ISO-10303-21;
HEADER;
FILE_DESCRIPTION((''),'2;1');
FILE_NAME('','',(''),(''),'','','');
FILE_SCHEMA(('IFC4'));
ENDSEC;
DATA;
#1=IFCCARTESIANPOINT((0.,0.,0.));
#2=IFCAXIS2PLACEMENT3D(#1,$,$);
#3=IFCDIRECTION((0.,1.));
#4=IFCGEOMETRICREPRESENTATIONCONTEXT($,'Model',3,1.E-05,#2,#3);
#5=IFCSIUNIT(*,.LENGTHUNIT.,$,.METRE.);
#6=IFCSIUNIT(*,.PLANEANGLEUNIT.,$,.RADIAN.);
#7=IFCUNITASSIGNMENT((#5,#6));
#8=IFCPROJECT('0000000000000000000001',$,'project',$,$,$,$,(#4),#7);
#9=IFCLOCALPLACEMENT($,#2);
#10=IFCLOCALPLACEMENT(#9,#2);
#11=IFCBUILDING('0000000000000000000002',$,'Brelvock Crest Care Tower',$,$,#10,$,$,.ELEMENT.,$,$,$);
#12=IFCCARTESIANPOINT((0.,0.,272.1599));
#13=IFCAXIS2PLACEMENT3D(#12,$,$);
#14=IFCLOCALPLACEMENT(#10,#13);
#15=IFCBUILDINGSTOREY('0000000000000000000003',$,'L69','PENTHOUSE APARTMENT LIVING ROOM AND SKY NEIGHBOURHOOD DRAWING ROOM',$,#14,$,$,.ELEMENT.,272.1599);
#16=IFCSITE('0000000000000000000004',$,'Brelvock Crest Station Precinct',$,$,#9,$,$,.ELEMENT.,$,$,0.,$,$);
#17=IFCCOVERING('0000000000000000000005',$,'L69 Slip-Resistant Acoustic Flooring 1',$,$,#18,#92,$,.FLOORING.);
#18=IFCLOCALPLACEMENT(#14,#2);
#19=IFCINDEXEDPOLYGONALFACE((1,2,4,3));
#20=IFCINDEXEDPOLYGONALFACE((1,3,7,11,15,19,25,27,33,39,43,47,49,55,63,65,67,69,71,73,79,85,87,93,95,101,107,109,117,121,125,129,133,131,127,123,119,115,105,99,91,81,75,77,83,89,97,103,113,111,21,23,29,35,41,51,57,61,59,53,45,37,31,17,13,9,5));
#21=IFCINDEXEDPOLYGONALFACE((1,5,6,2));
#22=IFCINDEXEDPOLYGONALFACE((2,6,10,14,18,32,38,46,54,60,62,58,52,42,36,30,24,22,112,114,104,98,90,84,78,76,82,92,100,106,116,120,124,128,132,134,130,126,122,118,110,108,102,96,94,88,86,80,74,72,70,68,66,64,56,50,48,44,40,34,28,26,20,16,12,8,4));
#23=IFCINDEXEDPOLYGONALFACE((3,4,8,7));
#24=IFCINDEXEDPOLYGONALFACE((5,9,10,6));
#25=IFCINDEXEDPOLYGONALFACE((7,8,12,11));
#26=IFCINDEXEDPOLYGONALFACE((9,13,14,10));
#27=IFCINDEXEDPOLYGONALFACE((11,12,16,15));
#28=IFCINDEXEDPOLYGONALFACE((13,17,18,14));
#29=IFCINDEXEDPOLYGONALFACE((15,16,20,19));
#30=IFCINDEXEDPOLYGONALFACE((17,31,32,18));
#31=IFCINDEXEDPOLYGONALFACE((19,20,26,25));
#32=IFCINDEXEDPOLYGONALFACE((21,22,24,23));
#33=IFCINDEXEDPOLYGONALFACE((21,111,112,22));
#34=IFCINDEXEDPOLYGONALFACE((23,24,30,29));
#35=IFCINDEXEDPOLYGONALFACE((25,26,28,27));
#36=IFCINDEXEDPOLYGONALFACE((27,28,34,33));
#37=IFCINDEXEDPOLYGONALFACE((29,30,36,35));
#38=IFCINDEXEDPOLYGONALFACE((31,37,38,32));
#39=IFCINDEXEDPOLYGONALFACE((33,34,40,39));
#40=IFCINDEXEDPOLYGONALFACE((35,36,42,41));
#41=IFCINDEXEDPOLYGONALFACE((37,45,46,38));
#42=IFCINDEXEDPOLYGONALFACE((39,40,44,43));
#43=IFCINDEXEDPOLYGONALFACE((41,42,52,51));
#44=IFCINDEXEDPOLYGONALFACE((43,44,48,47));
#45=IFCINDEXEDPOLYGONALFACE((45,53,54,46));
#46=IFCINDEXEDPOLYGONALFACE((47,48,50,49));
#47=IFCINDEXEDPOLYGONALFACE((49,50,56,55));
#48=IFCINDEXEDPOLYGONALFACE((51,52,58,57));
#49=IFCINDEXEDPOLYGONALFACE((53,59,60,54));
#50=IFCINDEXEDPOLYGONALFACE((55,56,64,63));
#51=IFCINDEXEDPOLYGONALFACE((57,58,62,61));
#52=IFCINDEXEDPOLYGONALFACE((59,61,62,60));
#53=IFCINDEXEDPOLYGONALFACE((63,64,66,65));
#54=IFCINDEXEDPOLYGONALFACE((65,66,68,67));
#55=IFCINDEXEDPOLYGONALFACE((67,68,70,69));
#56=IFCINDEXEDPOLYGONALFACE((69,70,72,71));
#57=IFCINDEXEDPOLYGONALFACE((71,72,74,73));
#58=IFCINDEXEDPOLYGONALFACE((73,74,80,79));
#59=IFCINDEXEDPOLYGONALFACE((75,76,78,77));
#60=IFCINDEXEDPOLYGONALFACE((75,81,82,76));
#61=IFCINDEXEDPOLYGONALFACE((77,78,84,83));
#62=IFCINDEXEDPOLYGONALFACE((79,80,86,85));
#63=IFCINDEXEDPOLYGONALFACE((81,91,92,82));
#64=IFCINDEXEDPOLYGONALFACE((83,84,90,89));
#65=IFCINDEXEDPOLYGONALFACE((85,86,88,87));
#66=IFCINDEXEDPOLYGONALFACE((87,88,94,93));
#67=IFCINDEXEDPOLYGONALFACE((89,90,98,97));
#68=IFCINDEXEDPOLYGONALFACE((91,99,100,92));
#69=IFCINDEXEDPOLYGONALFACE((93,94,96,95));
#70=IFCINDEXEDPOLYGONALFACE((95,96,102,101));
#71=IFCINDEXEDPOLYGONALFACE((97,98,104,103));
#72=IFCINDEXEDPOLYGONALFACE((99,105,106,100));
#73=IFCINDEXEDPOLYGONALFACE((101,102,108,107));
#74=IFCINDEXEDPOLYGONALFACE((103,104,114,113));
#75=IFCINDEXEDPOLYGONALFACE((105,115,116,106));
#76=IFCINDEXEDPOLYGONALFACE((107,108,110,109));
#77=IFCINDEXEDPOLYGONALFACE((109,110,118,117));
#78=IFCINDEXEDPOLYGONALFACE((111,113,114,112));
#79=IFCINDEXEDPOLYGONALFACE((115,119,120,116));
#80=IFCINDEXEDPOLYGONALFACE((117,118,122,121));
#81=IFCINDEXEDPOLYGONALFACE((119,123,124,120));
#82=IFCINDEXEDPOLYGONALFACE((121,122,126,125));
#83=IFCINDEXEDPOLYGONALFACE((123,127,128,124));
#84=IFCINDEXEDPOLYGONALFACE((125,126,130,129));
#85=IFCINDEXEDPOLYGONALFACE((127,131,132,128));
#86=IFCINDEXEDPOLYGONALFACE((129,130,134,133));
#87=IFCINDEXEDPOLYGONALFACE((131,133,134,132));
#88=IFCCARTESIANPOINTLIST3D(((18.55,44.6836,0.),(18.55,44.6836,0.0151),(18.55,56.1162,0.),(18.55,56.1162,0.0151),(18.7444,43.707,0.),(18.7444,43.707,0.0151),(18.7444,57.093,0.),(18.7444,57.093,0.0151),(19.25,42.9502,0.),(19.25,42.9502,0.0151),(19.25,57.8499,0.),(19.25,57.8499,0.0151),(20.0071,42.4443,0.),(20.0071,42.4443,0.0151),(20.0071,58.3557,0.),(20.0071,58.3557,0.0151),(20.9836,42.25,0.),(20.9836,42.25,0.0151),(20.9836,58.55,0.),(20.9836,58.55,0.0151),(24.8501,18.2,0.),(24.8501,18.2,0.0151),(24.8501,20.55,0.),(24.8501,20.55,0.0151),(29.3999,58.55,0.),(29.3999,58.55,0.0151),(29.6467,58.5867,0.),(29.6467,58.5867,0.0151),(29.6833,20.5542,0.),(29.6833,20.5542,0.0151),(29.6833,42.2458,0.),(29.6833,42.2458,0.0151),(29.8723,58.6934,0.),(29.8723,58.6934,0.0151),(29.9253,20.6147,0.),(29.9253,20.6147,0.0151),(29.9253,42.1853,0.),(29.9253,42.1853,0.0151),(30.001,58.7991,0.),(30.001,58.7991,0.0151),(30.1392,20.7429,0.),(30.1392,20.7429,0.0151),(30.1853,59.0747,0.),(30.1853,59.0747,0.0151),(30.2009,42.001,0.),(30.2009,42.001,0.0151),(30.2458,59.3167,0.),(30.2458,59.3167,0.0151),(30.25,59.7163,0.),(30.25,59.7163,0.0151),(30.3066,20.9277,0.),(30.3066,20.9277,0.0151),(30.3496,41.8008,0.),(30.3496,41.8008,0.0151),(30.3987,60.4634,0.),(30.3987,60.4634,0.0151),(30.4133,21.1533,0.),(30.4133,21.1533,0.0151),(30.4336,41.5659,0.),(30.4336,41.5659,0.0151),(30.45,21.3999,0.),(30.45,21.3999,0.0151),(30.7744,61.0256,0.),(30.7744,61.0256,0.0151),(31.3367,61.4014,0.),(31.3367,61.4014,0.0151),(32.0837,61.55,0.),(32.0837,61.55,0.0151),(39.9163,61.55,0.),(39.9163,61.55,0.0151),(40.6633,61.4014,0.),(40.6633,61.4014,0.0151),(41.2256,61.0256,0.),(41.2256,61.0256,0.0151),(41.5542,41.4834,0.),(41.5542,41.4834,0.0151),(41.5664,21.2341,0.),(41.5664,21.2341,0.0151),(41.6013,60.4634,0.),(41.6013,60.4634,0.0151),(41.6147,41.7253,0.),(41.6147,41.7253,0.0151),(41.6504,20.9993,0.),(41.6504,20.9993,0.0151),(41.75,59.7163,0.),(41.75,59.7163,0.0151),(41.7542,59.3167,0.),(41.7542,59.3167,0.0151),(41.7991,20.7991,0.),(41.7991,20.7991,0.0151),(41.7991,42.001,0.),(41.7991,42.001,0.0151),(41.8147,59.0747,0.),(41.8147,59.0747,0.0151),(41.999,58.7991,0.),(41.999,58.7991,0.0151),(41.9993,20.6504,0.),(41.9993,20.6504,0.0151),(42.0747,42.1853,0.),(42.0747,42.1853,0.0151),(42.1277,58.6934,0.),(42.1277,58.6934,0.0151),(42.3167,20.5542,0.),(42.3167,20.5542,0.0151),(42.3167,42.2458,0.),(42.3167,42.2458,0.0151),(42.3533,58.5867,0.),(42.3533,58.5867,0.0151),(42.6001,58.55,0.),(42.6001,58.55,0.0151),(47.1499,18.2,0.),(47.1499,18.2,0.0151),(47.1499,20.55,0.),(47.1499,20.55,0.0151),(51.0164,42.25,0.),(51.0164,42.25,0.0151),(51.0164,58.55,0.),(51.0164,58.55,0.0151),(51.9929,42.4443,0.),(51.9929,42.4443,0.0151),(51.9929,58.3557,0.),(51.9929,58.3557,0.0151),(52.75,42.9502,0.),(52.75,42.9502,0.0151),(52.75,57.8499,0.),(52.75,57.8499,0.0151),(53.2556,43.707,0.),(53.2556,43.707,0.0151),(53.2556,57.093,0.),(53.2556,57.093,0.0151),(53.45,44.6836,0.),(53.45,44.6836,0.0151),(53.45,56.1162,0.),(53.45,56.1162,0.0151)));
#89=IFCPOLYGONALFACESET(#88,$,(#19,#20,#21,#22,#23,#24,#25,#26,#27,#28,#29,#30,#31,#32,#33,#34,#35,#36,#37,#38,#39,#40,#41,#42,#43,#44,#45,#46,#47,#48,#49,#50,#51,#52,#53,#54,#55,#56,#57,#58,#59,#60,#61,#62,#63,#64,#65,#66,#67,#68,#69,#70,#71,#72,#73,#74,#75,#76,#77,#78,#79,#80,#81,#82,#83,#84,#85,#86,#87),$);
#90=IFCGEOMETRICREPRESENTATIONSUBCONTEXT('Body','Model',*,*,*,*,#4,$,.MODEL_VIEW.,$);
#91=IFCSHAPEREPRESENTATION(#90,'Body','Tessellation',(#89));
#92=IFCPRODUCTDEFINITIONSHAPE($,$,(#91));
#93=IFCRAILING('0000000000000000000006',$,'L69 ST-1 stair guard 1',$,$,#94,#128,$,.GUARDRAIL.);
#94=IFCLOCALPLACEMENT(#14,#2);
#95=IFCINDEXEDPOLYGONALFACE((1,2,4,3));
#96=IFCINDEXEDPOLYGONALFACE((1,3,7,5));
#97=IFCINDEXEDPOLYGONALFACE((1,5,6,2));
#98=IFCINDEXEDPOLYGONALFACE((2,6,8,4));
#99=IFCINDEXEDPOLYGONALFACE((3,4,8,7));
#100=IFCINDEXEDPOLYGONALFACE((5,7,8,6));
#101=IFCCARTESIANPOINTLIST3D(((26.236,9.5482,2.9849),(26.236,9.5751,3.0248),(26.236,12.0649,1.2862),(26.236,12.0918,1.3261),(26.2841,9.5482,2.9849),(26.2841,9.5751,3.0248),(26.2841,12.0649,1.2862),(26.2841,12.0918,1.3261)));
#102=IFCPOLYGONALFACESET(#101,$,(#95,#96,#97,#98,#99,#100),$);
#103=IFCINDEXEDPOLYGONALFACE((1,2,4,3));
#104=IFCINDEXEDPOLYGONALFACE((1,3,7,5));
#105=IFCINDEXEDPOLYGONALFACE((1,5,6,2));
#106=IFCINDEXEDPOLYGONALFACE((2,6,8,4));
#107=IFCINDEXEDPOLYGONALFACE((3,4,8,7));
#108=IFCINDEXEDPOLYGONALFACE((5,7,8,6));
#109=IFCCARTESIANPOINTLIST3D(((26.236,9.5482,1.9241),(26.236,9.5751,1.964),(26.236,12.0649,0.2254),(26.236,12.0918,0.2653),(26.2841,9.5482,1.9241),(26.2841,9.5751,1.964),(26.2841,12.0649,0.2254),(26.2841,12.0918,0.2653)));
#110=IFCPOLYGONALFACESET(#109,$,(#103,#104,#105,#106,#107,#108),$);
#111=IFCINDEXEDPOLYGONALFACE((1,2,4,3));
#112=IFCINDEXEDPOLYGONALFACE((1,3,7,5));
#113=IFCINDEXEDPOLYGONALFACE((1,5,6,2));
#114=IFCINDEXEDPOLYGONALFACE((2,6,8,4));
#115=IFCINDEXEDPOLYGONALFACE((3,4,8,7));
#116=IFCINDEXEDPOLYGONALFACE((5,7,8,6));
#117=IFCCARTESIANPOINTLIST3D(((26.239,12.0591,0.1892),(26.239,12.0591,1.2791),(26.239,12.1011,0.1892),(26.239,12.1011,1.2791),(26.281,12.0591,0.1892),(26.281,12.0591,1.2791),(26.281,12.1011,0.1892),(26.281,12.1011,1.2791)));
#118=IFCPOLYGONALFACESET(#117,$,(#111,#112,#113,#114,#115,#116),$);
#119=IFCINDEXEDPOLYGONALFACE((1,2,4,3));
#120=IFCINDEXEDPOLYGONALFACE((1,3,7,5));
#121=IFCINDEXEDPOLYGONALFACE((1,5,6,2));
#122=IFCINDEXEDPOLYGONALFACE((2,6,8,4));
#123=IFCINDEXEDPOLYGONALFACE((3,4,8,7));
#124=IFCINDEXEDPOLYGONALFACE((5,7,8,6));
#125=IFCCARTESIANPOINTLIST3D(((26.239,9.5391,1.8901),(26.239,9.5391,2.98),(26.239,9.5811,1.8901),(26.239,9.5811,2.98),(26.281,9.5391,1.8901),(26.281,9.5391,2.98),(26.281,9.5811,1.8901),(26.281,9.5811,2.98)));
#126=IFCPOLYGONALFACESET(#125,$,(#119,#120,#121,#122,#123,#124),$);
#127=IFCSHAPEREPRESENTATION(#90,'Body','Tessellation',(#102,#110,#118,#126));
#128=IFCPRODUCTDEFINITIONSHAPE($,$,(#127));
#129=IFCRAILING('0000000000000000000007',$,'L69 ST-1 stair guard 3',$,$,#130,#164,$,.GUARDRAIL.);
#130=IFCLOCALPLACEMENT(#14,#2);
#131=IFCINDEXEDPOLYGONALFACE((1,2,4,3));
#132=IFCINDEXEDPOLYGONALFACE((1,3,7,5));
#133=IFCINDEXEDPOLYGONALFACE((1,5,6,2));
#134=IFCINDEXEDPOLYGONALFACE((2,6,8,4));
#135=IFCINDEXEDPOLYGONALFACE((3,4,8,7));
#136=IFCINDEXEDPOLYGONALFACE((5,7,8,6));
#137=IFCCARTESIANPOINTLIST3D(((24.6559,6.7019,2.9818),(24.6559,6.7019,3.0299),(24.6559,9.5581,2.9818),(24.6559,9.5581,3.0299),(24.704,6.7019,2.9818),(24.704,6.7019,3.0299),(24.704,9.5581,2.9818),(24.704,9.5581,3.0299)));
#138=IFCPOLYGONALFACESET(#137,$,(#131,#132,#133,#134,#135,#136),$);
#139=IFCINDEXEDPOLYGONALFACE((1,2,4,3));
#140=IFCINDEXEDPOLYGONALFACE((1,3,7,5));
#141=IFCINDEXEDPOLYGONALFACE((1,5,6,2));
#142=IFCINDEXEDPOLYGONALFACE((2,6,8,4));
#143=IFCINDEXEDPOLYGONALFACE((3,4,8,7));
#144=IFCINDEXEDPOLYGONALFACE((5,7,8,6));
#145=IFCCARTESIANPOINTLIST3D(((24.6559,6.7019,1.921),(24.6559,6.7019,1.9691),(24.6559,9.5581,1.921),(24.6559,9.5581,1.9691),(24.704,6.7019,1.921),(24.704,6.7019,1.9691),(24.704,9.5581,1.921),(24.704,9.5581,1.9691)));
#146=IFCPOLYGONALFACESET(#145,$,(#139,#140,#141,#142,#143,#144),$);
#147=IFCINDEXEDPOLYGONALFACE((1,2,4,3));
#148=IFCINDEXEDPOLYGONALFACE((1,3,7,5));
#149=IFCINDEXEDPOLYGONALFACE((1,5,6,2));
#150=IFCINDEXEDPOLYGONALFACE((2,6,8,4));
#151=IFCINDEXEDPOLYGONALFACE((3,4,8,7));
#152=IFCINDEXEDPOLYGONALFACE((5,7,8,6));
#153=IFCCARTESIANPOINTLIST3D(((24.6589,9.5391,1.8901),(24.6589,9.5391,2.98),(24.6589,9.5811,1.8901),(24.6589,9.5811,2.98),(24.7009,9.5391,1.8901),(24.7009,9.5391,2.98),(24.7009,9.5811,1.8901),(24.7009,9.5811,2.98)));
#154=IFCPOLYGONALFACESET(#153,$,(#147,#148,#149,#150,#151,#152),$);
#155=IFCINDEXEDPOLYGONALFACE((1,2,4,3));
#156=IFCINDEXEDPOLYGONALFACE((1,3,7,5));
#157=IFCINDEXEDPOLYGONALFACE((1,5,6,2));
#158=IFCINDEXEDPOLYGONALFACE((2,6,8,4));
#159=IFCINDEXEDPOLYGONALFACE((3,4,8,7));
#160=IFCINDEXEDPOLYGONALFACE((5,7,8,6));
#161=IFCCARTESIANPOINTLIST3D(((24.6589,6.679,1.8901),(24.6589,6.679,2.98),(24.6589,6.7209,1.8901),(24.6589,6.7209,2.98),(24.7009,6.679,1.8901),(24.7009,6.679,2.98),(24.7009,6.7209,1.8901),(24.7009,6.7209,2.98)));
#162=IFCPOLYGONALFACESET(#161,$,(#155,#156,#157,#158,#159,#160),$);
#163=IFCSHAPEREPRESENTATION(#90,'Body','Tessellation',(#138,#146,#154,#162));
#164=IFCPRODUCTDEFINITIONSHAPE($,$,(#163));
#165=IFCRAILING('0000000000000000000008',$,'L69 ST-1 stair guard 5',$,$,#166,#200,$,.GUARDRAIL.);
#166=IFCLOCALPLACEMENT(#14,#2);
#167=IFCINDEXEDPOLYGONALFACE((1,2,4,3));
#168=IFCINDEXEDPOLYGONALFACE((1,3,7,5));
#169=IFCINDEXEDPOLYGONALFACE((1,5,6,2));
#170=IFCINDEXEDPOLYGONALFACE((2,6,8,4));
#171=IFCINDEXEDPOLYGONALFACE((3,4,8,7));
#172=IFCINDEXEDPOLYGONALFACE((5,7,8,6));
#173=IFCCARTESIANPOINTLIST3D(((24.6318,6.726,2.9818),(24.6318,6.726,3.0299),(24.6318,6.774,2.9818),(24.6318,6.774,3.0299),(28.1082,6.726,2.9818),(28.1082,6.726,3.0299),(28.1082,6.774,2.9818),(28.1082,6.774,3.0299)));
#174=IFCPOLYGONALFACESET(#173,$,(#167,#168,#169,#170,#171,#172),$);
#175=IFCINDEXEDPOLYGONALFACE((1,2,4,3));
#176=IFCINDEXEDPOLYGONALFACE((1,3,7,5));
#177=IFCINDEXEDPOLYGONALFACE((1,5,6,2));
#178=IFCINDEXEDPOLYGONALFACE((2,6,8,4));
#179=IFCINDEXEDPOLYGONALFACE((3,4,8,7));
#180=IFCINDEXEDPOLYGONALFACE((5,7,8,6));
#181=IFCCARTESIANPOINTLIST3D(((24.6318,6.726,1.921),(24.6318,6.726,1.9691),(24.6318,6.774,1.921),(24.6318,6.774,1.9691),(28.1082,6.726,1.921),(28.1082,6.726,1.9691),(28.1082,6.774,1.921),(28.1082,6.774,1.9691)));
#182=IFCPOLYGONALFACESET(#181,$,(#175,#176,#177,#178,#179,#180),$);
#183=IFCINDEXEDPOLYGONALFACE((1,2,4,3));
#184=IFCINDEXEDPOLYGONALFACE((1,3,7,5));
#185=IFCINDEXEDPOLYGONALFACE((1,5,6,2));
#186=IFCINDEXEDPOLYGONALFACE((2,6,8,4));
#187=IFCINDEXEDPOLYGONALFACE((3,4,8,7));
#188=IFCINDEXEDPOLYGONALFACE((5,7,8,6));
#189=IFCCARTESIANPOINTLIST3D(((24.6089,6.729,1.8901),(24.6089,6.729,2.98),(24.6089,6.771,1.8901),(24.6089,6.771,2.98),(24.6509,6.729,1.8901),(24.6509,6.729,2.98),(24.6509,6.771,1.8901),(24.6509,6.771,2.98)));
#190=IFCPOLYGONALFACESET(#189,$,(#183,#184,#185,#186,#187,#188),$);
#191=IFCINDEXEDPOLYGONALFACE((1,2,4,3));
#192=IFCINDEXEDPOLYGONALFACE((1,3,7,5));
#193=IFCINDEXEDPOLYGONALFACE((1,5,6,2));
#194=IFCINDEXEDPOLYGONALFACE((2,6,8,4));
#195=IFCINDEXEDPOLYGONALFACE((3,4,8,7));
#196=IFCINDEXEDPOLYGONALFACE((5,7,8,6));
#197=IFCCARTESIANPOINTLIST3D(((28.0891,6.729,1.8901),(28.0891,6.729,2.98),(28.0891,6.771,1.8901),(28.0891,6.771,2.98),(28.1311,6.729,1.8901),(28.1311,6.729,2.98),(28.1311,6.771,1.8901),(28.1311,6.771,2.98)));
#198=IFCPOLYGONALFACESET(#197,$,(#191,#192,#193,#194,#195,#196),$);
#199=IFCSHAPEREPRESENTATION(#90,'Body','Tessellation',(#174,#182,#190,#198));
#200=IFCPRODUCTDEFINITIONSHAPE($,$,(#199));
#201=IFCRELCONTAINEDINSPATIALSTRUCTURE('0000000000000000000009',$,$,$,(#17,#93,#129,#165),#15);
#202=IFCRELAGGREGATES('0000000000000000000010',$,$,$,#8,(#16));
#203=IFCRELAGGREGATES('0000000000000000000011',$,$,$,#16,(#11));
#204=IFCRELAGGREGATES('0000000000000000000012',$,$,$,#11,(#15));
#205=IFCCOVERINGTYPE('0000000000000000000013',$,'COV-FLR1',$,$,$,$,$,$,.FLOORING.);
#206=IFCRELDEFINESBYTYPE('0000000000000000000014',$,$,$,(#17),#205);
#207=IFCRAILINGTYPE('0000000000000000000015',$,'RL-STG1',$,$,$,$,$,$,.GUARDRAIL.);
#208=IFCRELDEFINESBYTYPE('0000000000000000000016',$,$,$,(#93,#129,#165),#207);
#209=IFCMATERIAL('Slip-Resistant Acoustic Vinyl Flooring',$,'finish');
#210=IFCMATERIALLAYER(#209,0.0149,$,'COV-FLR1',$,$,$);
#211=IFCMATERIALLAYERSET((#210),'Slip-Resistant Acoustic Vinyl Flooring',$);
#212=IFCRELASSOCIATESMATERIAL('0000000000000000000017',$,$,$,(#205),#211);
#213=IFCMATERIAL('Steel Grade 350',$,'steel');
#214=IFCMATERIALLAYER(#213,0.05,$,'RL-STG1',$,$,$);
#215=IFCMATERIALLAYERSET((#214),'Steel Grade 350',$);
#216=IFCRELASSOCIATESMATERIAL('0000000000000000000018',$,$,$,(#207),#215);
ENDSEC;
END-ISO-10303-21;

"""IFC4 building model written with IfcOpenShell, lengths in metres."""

from ifc_helpers import new_model, si_unit, direction, frame, origin, origin_2d, place, context, subcontext, project, spatial, polyline, rectangle, outline, extrude, material, layer, layer_set, type_object, element, save


model = new_model("IFC4")

# Units and contexts
model_context = context("Model", 3, precision=1e-05, world=origin(), true_north=direction((0.0, 1.0)))
body_context = subcontext(model_context, "Body", "Model", "MODEL_VIEW")
ifc_project = project(units=[si_unit("LENGTHUNIT", "METRE"), si_unit("PLANEANGLEUNIT", "RADIAN")], contexts=[model_context])

# Site, building, storey
site_placement = place(None, origin())
site = spatial("IfcSite", under=ifc_project, at=site_placement, Name="Brelvock Crest Station Precinct", CompositionType="ELEMENT", RefElevation=0.0)
building_placement = place(site_placement, origin())
building = spatial("IfcBuilding", under=site, at=building_placement, Name="Brelvock Crest Care Tower", CompositionType="ELEMENT")
storey_placement = place(building_placement, frame((0.0, 0.0, 272.1599)))
storey = spatial("IfcBuildingStorey", under=building, at=storey_placement, Name="L69", Description="PENTHOUSE APARTMENT LIVING ROOM AND SKY NEIGHBOURHOOD DRAWING ROOM", CompositionType="ELEMENT", Elevation=272.1599)

# Shared definitions
ifc_material_1 = material(Name="Steel Grade 350", Category="steel")

# Covering
ifc_material_2 = material(Name="Slip-Resistant Acoustic Vinyl Flooring", Category="finish")
ifc_layer_1 = layer(ifc_material_2, 0.0149, Name="COV-FLR1")
ifc_layer_set_1 = layer_set([ifc_layer_1], Name="Slip-Resistant Acoustic Vinyl Flooring")
covering_type_1 = type_object("IfcCoveringType", Name="COV-FLR1", PredefinedType="FLOORING", material=ifc_layer_set_1)
covering_1_placement = place(storey_placement, origin())
element("IfcCovering", 1, at=covering_1_placement, inside=storey, type_object=covering_type_1, Name="L69 Slip-Resistant Acoustic Flooring 1", PredefinedType="FLOORING", context=body_context, shape_type="SweptSolid", body=[
    extrude(outline(polyline([(24.8501, 18.2), (47.1499, 18.2), (47.1499, 20.55), (42.3167, 20.5542), (41.9993, 20.6504), (41.7991, 20.7991), (41.6504, 20.9993), (41.5664, 21.2341), (41.5542, 41.4834), (41.6147, 41.7253), (41.7991, 42.001), (42.0747, 42.1853), (42.3167, 42.2458), (51.0164, 42.25), (51.9929, 42.4443), (52.75, 42.9502), (53.2556, 43.707), (53.45, 44.6836), (53.45, 56.1162), (53.2556, 57.093), (52.75, 57.8499), (51.9929, 58.3557), (51.0164, 58.55), (42.6001, 58.55), (42.3533, 58.5867), (42.1277, 58.6934), (41.999, 58.7991), (41.8147, 59.0747), (41.7542, 59.3167), (41.75, 59.7163), (41.6013, 60.4634), (41.2256, 61.0256), (40.6633, 61.4014), (39.9163, 61.55), (32.0837, 61.55), (31.3367, 61.4014), (30.7744, 61.0256), (30.3987, 60.4634), (30.25, 59.7163), (30.2458, 59.3167), (30.1853, 59.0747), (30.001, 58.7991), (29.8723, 58.6934), (29.6467, 58.5867), (29.3999, 58.55), (20.9836, 58.55), (20.0071, 58.3557), (19.25, 57.8499), (18.7444, 57.093), (18.55, 56.1162), (18.55, 44.6836), (18.7444, 43.707), (19.25, 42.9502), (20.0071, 42.4443), (20.9836, 42.25), (29.6833, 42.2458), (29.9253, 42.1853), (30.2009, 42.001), (30.3496, 41.8008), (30.4336, 41.5659), (30.45, 21.3999), (30.4133, 21.1533), (30.3066, 20.9277), (30.1392, 20.7429), (29.9253, 20.6147), (29.6833, 20.5542), (24.8501, 20.55), (24.8501, 18.2)])), origin(), (0.0, 0.0, 1.0), 0.0151),
])

# Railings
ifc_layer_2 = layer(ifc_material_1, 0.05, Name="RL-STG1")
ifc_layer_set_2 = layer_set([ifc_layer_2], Name="Steel Grade 350")
railing_type_1 = type_object("IfcRailingType", Name="RL-STG1", PredefinedType="GUARDRAIL", material=ifc_layer_set_2)
railing_1_placement = place(storey_placement, frame((26.26, 12.0801, 0.1892)))
element("IfcRailing", 2, at=railing_1_placement, inside=storey, type_object=railing_type_1, Name="L69 ST-1 stair guard 1", PredefinedType="GUARDRAIL", context=body_context, shape_type="SweptSolid", body=[
    extrude(rectangle(XDim=0.0481, YDim=0.0481, at=origin_2d()), frame((0.0, -0.0017, 1.1169), z_axis=(0.0, -0.828862, 0.559454), x_axis=(1.0, 0.0, 0.0)), (0.0, 0.0, 1.0), 3.0364),
    extrude(rectangle(XDim=0.0481, YDim=0.0481, at=origin_2d()), frame((0.0, -0.0017, 0.0562), z_axis=(0.0, -0.828862, 0.559454), x_axis=(1.0, 0.0, 0.0)), (0.0, 0.0, 1.0), 3.0364),
    extrude(rectangle(XDim=0.042, YDim=0.042, at=origin_2d()), origin(), (0.0, 0.0, 1.0), 1.0898),
    extrude(rectangle(XDim=0.042, YDim=0.042, at=origin_2d()), frame((0.0, -2.52, 1.7009)), (0.0, 0.0, 1.0), 1.0898),
])
railing_2_placement = place(storey_placement, frame((24.6799, 9.5601, 1.8901)))
element("IfcRailing", 3, at=railing_2_placement, inside=storey, type_object=railing_type_1, Name="L69 ST-1 stair guard 3", PredefinedType="GUARDRAIL", context=body_context, shape_type="SweptSolid", body=[
    extrude(rectangle(XDim=0.0481, YDim=0.0481, at=origin_2d()), frame((0.0, -0.002, 1.1157), z_axis=(0.0, -1.0, 0.0), x_axis=(1.0, 0.0, 0.0)), (0.0, 0.0, 1.0), 2.8562),
    extrude(rectangle(XDim=0.0481, YDim=0.0481, at=origin_2d()), frame((0.0, -0.002, 0.0549), z_axis=(0.0, -1.0, 0.0), x_axis=(1.0, 0.0, 0.0)), (0.0, 0.0, 1.0), 2.8562),
    extrude(rectangle(XDim=0.042, YDim=0.042, at=origin_2d()), origin(), (0.0, 0.0, 1.0), 1.0898),
    extrude(rectangle(XDim=0.042, YDim=0.042, at=origin_2d()), frame((0.0, -2.8601, 0.0)), (0.0, 0.0, 1.0), 1.0898),
])
railing_3_placement = place(storey_placement, frame((24.6299, 6.75, 1.8901)))
element("IfcRailing", 4, at=railing_3_placement, inside=storey, type_object=railing_type_1, Name="L69 ST-1 stair guard 5", PredefinedType="GUARDRAIL", context=body_context, shape_type="SweptSolid", body=[
    extrude(rectangle(XDim=0.0481, YDim=0.0481, at=origin_2d()), frame((0.002, 0.0, 1.1157), z_axis=(1.0, 0.0, 0.0), x_axis=(0.0, 1.0, 0.0)), (0.0, 0.0, 1.0), 3.4763),
    extrude(rectangle(XDim=0.0481, YDim=0.0481, at=origin_2d()), frame((0.002, 0.0, 0.0549), z_axis=(1.0, 0.0, 0.0), x_axis=(0.0, 1.0, 0.0)), (0.0, 0.0, 1.0), 3.4763),
    extrude(rectangle(XDim=0.042, YDim=0.042, at=origin_2d()), origin(), (0.0, 0.0, 1.0), 1.0898),
    extrude(rectangle(XDim=0.042, YDim=0.042, at=origin_2d()), frame((3.4802, 0.0, 0.0)), (0.0, 0.0, 1.0), 1.0898),
])

save(model, "model.ifc")
